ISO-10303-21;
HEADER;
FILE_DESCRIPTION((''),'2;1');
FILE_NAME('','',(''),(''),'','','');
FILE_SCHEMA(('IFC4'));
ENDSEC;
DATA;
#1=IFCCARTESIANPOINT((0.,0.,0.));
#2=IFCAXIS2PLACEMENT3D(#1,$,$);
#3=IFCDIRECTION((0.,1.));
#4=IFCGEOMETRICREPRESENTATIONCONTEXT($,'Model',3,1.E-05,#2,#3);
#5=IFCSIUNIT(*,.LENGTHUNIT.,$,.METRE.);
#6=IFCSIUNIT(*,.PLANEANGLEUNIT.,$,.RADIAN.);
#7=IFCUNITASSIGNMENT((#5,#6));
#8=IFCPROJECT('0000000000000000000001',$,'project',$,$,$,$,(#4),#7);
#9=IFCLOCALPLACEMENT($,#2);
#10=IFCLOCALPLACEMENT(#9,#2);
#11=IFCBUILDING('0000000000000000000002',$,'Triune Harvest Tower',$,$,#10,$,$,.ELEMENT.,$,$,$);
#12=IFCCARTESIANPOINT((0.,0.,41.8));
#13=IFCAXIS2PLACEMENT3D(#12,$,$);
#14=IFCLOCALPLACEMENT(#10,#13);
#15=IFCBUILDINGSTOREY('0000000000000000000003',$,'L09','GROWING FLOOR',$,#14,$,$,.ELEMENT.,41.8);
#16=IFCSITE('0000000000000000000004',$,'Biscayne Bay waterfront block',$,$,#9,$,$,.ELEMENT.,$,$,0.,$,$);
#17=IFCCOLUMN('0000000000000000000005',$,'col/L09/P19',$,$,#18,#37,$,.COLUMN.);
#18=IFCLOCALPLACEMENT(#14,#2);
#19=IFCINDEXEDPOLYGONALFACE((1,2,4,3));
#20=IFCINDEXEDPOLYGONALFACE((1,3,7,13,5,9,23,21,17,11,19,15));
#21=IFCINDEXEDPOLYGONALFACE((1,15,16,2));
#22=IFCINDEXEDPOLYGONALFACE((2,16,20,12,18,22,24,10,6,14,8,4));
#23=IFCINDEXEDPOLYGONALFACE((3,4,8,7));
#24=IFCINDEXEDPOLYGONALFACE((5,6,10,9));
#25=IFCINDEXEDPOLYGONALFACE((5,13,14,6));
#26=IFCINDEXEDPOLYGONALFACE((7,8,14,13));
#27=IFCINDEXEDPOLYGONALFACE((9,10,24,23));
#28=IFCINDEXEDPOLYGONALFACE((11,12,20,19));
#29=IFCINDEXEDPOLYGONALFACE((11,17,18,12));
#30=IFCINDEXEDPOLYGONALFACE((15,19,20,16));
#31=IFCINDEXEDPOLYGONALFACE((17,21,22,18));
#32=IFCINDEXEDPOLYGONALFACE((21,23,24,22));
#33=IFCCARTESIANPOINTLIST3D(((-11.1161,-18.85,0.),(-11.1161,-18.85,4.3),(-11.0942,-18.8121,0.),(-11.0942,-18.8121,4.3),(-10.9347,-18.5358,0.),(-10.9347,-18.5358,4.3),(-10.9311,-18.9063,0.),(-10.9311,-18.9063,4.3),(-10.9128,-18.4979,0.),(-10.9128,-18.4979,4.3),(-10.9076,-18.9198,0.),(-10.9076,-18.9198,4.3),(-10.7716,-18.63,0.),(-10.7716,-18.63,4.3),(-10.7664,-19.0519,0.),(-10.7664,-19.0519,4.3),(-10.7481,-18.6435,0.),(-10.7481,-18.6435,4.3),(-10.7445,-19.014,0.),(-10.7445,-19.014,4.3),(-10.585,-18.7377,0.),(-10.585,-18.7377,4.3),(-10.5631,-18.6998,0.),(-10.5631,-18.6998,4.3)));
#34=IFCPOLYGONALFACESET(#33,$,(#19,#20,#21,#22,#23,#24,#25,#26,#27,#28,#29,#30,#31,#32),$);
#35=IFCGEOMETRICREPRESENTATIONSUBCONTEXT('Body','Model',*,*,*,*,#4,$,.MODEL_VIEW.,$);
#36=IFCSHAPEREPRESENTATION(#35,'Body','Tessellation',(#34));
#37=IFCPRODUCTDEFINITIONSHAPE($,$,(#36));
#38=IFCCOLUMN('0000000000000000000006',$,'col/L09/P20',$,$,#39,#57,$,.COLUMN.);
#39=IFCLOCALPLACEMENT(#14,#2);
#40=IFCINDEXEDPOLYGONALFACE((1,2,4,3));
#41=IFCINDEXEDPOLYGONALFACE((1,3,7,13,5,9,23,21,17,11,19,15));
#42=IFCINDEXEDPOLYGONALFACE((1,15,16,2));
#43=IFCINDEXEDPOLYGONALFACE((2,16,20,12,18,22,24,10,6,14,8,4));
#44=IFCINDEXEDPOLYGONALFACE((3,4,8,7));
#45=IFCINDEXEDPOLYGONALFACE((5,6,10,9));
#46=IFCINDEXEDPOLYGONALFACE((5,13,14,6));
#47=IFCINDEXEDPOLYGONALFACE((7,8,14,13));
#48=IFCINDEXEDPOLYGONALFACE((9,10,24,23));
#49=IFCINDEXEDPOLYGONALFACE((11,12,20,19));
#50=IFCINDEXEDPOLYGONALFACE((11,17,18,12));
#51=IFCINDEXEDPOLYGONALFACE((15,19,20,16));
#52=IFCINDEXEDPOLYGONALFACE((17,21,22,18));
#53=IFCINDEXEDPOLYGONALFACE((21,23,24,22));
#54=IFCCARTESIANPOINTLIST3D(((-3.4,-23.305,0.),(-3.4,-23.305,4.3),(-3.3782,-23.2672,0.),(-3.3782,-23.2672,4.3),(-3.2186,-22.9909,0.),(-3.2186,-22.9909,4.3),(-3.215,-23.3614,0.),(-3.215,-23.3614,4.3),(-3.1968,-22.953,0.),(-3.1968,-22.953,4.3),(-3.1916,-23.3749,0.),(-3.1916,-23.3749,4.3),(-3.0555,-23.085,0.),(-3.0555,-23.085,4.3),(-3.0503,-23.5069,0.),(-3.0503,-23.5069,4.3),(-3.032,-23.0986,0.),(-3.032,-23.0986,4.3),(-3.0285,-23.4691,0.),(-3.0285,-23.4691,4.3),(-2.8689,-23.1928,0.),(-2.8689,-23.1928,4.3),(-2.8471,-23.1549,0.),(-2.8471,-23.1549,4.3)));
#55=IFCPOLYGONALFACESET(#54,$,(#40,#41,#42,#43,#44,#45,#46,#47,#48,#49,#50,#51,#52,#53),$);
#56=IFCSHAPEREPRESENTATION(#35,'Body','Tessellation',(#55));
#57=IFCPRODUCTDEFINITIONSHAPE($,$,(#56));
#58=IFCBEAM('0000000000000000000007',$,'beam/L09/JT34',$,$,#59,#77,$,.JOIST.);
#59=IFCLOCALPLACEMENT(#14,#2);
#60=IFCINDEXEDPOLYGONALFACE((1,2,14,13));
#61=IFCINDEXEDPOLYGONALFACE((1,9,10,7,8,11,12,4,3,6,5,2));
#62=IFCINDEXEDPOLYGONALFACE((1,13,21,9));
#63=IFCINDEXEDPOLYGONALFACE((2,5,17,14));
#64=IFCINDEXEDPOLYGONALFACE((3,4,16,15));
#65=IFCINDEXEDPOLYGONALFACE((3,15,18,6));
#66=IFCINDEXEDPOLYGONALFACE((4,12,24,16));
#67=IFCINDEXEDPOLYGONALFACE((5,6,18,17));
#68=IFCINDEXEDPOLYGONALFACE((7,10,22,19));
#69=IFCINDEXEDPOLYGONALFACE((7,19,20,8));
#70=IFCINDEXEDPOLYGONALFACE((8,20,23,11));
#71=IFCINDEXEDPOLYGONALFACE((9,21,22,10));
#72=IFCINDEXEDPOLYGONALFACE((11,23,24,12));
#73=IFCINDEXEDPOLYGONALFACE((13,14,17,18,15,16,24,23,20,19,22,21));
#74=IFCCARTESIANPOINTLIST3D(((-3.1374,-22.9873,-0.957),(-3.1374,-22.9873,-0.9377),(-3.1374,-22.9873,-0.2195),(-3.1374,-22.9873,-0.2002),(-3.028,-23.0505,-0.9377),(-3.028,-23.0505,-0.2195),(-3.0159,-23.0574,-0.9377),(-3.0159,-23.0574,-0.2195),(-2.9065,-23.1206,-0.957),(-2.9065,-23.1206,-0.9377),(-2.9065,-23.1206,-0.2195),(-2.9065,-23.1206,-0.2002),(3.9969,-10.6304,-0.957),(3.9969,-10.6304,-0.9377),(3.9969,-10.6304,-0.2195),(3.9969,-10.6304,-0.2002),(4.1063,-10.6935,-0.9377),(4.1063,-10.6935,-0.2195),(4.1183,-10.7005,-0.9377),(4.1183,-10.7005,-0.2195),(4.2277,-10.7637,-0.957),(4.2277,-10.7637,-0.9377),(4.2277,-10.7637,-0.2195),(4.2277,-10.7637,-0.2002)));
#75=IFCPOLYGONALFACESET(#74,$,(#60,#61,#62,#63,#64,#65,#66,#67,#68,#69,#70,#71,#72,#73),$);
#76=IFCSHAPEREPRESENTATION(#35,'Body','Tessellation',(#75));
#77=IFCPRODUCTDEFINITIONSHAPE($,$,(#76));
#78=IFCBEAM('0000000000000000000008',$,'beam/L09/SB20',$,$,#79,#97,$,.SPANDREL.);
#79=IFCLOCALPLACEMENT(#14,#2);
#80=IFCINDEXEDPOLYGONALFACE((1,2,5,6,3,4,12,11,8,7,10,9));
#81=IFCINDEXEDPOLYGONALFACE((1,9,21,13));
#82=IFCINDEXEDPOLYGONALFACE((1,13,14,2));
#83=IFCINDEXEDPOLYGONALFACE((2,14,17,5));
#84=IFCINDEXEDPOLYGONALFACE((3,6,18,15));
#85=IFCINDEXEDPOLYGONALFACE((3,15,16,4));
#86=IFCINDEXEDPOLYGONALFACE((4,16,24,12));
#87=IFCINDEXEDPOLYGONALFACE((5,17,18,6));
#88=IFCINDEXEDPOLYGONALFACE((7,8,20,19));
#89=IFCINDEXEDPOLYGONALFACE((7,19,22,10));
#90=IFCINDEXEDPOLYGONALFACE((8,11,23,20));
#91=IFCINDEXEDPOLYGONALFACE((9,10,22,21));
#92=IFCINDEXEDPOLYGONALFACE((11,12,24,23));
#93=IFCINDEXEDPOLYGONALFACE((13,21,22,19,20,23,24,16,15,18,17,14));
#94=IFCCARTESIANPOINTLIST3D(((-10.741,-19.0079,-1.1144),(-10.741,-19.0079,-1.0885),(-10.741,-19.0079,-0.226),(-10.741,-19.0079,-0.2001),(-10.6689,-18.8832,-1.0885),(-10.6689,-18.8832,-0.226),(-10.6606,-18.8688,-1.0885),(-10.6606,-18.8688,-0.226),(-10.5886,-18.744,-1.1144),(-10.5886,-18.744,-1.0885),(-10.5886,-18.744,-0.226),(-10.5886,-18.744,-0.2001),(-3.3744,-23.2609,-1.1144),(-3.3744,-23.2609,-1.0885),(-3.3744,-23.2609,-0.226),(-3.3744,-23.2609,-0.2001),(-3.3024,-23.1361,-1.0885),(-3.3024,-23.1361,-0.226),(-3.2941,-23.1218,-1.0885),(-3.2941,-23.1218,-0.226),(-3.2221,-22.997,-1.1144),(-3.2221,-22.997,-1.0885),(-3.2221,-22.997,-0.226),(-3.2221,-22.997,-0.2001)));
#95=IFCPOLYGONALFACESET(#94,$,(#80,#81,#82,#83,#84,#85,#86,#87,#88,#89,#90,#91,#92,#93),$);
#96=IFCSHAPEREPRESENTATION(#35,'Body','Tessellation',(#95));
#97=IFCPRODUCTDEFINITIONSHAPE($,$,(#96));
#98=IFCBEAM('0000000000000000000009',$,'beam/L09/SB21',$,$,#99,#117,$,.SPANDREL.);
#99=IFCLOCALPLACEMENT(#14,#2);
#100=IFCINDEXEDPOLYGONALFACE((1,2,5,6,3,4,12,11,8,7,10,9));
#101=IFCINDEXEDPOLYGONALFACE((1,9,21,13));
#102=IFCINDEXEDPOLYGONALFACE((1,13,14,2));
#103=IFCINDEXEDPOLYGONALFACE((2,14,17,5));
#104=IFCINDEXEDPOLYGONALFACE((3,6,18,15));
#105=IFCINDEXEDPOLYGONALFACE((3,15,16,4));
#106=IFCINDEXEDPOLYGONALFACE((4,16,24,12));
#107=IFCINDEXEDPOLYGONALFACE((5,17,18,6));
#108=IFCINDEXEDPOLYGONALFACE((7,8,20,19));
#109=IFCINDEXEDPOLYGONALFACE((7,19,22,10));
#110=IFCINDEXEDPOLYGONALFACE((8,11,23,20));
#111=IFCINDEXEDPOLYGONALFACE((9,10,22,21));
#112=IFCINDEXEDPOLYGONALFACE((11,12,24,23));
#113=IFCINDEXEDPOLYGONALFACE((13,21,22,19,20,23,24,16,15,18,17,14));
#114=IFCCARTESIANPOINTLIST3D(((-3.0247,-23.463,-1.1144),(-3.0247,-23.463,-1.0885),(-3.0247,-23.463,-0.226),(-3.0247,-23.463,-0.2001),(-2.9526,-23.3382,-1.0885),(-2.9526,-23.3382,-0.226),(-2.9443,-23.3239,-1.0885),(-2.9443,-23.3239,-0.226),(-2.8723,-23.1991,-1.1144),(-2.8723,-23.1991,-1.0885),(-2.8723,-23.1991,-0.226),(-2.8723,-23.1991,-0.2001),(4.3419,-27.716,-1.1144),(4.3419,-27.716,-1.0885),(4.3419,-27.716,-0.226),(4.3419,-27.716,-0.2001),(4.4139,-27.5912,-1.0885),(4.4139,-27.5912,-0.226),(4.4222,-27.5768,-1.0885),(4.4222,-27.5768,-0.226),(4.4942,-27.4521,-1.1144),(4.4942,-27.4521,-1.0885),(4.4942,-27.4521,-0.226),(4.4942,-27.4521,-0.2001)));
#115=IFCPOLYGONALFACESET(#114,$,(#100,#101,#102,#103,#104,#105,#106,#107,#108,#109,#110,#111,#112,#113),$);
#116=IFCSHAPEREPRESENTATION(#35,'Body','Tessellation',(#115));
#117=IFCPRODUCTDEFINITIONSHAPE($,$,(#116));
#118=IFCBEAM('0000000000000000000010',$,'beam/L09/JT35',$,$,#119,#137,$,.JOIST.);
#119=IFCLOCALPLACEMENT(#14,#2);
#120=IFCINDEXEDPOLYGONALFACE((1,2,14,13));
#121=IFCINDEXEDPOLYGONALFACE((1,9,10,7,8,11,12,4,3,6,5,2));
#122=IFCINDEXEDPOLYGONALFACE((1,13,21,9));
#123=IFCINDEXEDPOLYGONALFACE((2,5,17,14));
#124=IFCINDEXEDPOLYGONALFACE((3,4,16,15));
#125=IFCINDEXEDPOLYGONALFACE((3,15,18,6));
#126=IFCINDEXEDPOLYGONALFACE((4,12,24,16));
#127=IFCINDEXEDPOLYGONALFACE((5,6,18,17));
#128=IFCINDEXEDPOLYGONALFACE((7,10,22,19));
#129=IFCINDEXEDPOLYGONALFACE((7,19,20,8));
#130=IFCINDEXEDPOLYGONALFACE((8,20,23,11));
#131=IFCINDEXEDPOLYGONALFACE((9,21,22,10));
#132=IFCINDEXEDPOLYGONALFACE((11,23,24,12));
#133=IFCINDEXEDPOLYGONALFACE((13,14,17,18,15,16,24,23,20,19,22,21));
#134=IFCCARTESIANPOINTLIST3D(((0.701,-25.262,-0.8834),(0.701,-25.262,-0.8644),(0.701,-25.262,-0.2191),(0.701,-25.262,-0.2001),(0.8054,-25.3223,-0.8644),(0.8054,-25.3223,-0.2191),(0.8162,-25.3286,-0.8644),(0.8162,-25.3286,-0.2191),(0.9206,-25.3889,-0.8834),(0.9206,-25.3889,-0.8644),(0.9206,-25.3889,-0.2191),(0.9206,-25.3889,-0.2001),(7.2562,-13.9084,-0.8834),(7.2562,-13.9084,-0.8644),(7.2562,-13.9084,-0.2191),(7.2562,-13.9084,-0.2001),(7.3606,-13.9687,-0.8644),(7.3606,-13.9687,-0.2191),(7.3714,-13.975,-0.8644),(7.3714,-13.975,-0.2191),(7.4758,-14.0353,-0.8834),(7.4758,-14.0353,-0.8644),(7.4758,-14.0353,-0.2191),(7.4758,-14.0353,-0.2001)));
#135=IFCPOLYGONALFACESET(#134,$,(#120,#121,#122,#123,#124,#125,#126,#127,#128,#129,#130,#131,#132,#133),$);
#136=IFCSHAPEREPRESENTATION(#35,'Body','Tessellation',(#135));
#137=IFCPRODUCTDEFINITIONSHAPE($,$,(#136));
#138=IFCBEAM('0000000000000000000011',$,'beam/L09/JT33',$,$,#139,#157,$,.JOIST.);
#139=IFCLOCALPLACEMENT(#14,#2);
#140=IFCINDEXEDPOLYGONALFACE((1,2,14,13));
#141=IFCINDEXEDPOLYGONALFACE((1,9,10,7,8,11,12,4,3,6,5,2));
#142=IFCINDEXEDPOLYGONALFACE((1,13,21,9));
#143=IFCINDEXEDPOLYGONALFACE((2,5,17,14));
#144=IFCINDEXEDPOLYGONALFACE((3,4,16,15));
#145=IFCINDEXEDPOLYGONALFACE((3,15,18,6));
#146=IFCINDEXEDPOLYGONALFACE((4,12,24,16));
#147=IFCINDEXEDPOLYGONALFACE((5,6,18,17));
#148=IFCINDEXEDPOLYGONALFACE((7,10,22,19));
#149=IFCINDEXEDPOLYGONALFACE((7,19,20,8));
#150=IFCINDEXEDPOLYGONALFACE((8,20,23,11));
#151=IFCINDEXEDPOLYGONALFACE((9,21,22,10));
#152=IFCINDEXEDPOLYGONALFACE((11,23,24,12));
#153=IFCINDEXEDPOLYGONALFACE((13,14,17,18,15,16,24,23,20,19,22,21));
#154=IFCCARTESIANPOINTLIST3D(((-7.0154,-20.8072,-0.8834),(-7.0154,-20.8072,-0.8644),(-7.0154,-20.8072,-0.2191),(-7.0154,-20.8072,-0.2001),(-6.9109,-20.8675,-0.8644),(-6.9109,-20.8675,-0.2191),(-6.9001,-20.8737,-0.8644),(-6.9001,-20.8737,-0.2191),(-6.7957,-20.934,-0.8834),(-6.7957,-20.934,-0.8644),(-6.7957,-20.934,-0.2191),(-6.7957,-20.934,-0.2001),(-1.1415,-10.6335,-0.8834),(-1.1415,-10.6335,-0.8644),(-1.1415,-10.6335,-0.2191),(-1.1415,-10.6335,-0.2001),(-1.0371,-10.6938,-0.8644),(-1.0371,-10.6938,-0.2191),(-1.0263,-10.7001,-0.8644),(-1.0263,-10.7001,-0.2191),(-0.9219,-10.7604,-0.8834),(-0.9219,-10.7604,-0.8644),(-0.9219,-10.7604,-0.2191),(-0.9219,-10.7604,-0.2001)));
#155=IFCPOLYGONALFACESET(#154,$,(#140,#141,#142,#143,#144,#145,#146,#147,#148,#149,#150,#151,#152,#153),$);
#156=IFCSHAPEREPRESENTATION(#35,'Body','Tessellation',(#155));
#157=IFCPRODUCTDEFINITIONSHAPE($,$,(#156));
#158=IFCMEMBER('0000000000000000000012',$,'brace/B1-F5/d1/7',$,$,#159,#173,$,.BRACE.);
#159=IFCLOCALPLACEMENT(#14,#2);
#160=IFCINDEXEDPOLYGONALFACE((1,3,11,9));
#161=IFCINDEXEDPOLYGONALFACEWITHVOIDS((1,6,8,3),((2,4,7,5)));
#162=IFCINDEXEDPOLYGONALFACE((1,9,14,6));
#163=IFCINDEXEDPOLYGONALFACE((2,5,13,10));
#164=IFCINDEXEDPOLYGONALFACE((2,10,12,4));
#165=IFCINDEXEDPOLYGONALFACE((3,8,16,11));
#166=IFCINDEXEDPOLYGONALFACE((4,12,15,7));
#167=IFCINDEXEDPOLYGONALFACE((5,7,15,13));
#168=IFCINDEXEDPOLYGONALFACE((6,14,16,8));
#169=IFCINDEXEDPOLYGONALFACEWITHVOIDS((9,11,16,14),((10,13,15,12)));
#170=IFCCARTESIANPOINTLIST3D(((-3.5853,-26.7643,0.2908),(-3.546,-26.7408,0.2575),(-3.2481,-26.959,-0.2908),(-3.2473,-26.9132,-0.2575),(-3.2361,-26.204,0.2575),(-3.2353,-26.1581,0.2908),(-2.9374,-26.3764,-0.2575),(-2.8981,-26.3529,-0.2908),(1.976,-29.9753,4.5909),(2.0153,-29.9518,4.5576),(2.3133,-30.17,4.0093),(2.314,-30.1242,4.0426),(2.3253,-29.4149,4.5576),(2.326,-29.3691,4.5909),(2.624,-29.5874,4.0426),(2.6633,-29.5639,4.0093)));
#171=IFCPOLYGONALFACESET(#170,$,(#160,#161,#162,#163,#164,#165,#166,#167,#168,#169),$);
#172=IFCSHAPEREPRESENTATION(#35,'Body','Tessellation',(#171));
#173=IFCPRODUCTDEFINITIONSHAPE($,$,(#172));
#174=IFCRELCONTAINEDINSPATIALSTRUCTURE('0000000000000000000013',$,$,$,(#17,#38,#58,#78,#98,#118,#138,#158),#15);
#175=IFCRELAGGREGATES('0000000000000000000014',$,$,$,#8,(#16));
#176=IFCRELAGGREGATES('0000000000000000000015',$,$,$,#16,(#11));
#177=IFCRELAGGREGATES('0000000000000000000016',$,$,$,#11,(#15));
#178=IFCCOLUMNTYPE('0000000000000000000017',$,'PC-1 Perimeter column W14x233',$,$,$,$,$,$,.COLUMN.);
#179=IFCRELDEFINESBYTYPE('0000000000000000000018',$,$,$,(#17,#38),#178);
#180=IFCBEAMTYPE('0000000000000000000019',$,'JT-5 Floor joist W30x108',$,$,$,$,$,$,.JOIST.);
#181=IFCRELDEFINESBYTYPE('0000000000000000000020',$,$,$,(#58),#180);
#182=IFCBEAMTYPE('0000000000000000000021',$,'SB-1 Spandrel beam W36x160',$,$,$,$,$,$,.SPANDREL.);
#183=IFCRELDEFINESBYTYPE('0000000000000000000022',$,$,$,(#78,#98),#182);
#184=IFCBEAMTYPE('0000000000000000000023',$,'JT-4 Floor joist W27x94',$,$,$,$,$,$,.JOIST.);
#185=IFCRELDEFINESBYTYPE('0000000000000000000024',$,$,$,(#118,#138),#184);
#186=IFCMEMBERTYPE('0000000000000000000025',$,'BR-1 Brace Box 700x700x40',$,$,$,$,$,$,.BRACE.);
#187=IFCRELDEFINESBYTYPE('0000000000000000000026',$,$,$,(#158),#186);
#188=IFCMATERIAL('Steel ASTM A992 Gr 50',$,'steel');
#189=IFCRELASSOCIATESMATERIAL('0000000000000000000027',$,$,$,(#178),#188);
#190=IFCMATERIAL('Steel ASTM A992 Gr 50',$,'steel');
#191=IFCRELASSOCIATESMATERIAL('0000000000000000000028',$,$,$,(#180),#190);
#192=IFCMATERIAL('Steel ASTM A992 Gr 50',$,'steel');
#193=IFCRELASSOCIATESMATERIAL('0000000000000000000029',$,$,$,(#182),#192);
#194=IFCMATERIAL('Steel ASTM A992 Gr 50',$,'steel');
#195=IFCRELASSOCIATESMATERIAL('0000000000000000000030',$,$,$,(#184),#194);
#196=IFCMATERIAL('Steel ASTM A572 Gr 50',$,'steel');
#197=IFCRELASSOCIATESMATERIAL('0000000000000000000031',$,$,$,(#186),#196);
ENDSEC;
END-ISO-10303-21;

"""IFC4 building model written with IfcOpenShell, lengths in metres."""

from ifc_helpers import new_model, si_unit, direction, frame, origin, origin_2d, place, context, subcontext, project, spatial, hollow_rectangle, i_section, extrude, source, transform, mapped, material, material_profile, profile_set, type_object, element, save


model = new_model("IFC4")

# Units and contexts
model_context = context("Model", 3, precision=1e-05, world=origin(), true_north=direction((0.0, 1.0)))
body_context = subcontext(model_context, "Body", "Model", "MODEL_VIEW")
ifc_project = project(units=[si_unit("LENGTHUNIT", "METRE"), si_unit("PLANEANGLEUNIT", "RADIAN")], contexts=[model_context])

# Site, building, storey
site_placement = place(None, origin())
site = spatial("IfcSite", under=ifc_project, at=site_placement, Name="Biscayne Bay waterfront block", CompositionType="ELEMENT", RefElevation=0.0)
building_placement = place(site_placement, origin())
building = spatial("IfcBuilding", under=site, at=building_placement, Name="Triune Harvest Tower", CompositionType="ELEMENT")
storey_placement = place(building_placement, frame((0.0, 0.0, 41.8)))
storey = spatial("IfcBuildingStorey", under=building, at=storey_placement, Name="L09", Description="GROWING FLOOR", CompositionType="ELEMENT", Elevation=41.8)

# Columns
ifc_material_1 = material(Name="Steel ASTM A992 Gr 50", Category="steel")
ifc_material_profile_1 = material_profile(ifc_material_1, i_section(OverallWidth=0.4038, OverallDepth=0.4065, WebThickness=0.0271, FlangeThickness=0.0437, at=origin_2d()), Name="W14x233")
ifc_profile_set_1 = profile_set([ifc_material_profile_1], Name="Steel ASTM A992 Gr 50")
column_type = type_object("IfcColumnType", Name="PC-1 Perimeter column W14x233", PredefinedType="COLUMN", material=ifc_profile_set_1)
shared_shape_1 = source(origin(), body_context, "Body", "SweptSolid", [
    extrude(i_section(OverallWidth=0.4038, OverallDepth=0.4065, WebThickness=0.0271, FlangeThickness=0.0437, at=origin_2d()), origin(), (0.0, 0.0, 1.0), 4.3),
])
for number, where, z_axis, x_axis, name in (
    (1, (-10.8396, -18.7749, 0.0), (0.0, 0.0, 1.0), (0.866025, -0.5, 0.0), "col/L09/P19"),
    (2, (-3.1235, -23.23, 0.0), (0.0, 0.0, 1.0), (0.866025, -0.5, 0.0), "col/L09/P20"),
):
    element("IfcColumn", number, at=place(storey_placement, frame(where, z_axis=z_axis, x_axis=x_axis)), inside=storey, type_object=column_type, Name=name, PredefinedType="COLUMN", context=body_context, shape_type="MappedRepresentation", body=[
        mapped(shared_shape_1, transform((0.0, 0.0, 0.0), scale=1.0)),
    ])

# Beams
ifc_material_2 = material(Name="Steel ASTM A992 Gr 50", Category="steel")
ifc_material_profile_2 = material_profile(ifc_material_2, i_section(OverallWidth=0.2666, OverallDepth=0.7568, WebThickness=0.0139, FlangeThickness=0.0193, at=origin_2d()), Name="W30x108")
ifc_profile_set_2 = profile_set([ifc_material_profile_2], Name="Steel ASTM A992 Gr 50")
beam_type_1 = type_object("IfcBeamType", Name="JT-5 Floor joist W30x108", PredefinedType="JOIST", material=ifc_profile_set_2)
shared_shape_2 = source(origin(), body_context, "Body", "SweptSolid", [
    extrude(i_section(OverallWidth=0.2666, OverallDepth=0.7568, WebThickness=0.0139, FlangeThickness=0.0193, at=origin_2d()), origin(), (0.0, 0.0, 1.0), 14.2686),
])
beam_1_placement = place(storey_placement, frame((-3.022, -23.054, -0.5786), z_axis=(0.5, 0.866025, 0.0), x_axis=(-0.866025, 0.5, 0.0)))
element("IfcBeam", 3, at=beam_1_placement, inside=storey, type_object=beam_type_1, Name="beam/L09/JT34", PredefinedType="JOIST", context=body_context, shape_type="MappedRepresentation", body=[
    mapped(shared_shape_2, transform((0.0, 0.0, 0.0), scale=1.0)),
])
ifc_material_3 = material(Name="Steel ASTM A992 Gr 50", Category="steel")
ifc_material_profile_3 = material_profile(ifc_material_3, i_section(OverallWidth=0.3047, OverallDepth=0.9143, WebThickness=0.0166, FlangeThickness=0.0259, at=origin_2d()), Name="W36x160")
ifc_profile_set_3 = profile_set([ifc_material_profile_3], Name="Steel ASTM A992 Gr 50")
beam_type_2 = type_object("IfcBeamType", Name="SB-1 Spandrel beam W36x160", PredefinedType="SPANDREL", material=ifc_profile_set_3)
shared_shape_3 = source(origin(), body_context, "Body", "SweptSolid", [
    extrude(i_section(OverallWidth=0.3047, OverallDepth=0.9143, WebThickness=0.0166, FlangeThickness=0.0259, at=origin_2d()), origin(), (0.0, 0.0, 1.0), 8.5061),
])
for number, where, z_axis, x_axis, name in (
    (4, (-10.6648, -18.876, -0.6572), (0.86603, -0.499992, 0.0), (0.499992, 0.86603, 0.0), "beam/L09/SB20"),
    (5, (-2.9485, -23.3311, -0.6572), (0.86603, -0.499992, 0.0), (0.499992, 0.86603, 0.0), "beam/L09/SB21"),
):
    element("IfcBeam", number, at=place(storey_placement, frame(where, z_axis=z_axis, x_axis=x_axis)), inside=storey, type_object=beam_type_2, Name=name, PredefinedType="SPANDREL", context=body_context, shape_type="MappedRepresentation", body=[
        mapped(shared_shape_3, transform((0.0, 0.0, 0.0), scale=1.0)),
    ])
ifc_material_4 = material(Name="Steel ASTM A992 Gr 50", Category="steel")
ifc_material_profile_4 = material_profile(ifc_material_4, i_section(OverallWidth=0.2537, OverallDepth=0.6833, WebThickness=0.0125, FlangeThickness=0.019, at=origin_2d()), Name="W27x94")
ifc_profile_set_4 = profile_set([ifc_material_profile_4], Name="Steel ASTM A992 Gr 50")
beam_type_3 = type_object("IfcBeamType", Name="JT-4 Floor joist W27x94", PredefinedType="JOIST", material=ifc_profile_set_4)
shared_shape_4 = source(origin(), body_context, "Body", "SweptSolid", [
    extrude(i_section(OverallWidth=0.2537, OverallDepth=0.6833, WebThickness=0.0125, FlangeThickness=0.019, at=origin_2d()), origin(), (0.0, 0.0, 1.0), 13.1101),
])
beam_2_placement = place(storey_placement, frame((0.8108, -25.3254, -0.5417), z_axis=(0.500013, 0.866018, 0.0), x_axis=(-0.866018, 0.500013, 0.0)))
element("IfcBeam", 6, at=beam_2_placement, inside=storey, type_object=beam_type_3, Name="beam/L09/JT35", PredefinedType="JOIST", context=body_context, shape_type="MappedRepresentation", body=[
    mapped(shared_shape_4, transform((0.0, 0.0, 0.0), scale=1.0)),
])
shared_shape_5 = source(origin(), body_context, "Body", "SweptSolid", [
    extrude(i_section(OverallWidth=0.2537, OverallDepth=0.6833, WebThickness=0.0125, FlangeThickness=0.019, at=origin_2d()), origin(), (0.0, 0.0, 1.0), 11.7476),
])
beam_3_placement = place(storey_placement, frame((-6.9055, -20.8706, -0.5417), z_axis=(0.500004, 0.866023, 0.0), x_axis=(-0.866023, 0.500004, 0.0)))
element("IfcBeam", 7, at=beam_3_placement, inside=storey, type_object=beam_type_3, Name="beam/L09/JT33", PredefinedType="JOIST", context=body_context, shape_type="MappedRepresentation", body=[
    mapped(shared_shape_5, transform((0.0, 0.0, 0.0), scale=1.0)),
])

# Member
ifc_material_5 = material(Name="Steel ASTM A572 Gr 50", Category="steel")
ifc_material_profile_5 = material_profile(ifc_material_5, hollow_rectangle(XDim=0.7, YDim=0.7, WallThickness=0.04, at=origin_2d()), Name="Box 700x700x40")
ifc_profile_set_5 = profile_set([ifc_material_profile_5], Name="Steel ASTM A572 Gr 50")
member_type_1 = type_object("IfcMemberType", Name="BR-1 Brace Box 700x700x40", PredefinedType="BRACE", material=ifc_profile_set_5)
shared_shape_6 = source(origin(), body_context, "Body", "SweptSolid", [
    extrude(hollow_rectangle(XDim=0.7, YDim=0.7, WallThickness=0.04, at=origin_2d()), origin(), (0.0, 0.0, 1.0), 7.7285),
])
member_1_placement = place(storey_placement, frame((-3.2417, -26.5586, 0.0), z_axis=(0.719589, -0.415472, 0.556395), x_axis=(0.500015, 0.866017, 0.0)))
element("IfcMember", 8, at=member_1_placement, inside=storey, type_object=member_type_1, Name="brace/B1-F5/d1/7", PredefinedType="BRACE", context=body_context, shape_type="MappedRepresentation", body=[
    mapped(shared_shape_6, transform((0.0, 0.0, 0.0), scale=1.0)),
])

save(model, "model.ifc")
